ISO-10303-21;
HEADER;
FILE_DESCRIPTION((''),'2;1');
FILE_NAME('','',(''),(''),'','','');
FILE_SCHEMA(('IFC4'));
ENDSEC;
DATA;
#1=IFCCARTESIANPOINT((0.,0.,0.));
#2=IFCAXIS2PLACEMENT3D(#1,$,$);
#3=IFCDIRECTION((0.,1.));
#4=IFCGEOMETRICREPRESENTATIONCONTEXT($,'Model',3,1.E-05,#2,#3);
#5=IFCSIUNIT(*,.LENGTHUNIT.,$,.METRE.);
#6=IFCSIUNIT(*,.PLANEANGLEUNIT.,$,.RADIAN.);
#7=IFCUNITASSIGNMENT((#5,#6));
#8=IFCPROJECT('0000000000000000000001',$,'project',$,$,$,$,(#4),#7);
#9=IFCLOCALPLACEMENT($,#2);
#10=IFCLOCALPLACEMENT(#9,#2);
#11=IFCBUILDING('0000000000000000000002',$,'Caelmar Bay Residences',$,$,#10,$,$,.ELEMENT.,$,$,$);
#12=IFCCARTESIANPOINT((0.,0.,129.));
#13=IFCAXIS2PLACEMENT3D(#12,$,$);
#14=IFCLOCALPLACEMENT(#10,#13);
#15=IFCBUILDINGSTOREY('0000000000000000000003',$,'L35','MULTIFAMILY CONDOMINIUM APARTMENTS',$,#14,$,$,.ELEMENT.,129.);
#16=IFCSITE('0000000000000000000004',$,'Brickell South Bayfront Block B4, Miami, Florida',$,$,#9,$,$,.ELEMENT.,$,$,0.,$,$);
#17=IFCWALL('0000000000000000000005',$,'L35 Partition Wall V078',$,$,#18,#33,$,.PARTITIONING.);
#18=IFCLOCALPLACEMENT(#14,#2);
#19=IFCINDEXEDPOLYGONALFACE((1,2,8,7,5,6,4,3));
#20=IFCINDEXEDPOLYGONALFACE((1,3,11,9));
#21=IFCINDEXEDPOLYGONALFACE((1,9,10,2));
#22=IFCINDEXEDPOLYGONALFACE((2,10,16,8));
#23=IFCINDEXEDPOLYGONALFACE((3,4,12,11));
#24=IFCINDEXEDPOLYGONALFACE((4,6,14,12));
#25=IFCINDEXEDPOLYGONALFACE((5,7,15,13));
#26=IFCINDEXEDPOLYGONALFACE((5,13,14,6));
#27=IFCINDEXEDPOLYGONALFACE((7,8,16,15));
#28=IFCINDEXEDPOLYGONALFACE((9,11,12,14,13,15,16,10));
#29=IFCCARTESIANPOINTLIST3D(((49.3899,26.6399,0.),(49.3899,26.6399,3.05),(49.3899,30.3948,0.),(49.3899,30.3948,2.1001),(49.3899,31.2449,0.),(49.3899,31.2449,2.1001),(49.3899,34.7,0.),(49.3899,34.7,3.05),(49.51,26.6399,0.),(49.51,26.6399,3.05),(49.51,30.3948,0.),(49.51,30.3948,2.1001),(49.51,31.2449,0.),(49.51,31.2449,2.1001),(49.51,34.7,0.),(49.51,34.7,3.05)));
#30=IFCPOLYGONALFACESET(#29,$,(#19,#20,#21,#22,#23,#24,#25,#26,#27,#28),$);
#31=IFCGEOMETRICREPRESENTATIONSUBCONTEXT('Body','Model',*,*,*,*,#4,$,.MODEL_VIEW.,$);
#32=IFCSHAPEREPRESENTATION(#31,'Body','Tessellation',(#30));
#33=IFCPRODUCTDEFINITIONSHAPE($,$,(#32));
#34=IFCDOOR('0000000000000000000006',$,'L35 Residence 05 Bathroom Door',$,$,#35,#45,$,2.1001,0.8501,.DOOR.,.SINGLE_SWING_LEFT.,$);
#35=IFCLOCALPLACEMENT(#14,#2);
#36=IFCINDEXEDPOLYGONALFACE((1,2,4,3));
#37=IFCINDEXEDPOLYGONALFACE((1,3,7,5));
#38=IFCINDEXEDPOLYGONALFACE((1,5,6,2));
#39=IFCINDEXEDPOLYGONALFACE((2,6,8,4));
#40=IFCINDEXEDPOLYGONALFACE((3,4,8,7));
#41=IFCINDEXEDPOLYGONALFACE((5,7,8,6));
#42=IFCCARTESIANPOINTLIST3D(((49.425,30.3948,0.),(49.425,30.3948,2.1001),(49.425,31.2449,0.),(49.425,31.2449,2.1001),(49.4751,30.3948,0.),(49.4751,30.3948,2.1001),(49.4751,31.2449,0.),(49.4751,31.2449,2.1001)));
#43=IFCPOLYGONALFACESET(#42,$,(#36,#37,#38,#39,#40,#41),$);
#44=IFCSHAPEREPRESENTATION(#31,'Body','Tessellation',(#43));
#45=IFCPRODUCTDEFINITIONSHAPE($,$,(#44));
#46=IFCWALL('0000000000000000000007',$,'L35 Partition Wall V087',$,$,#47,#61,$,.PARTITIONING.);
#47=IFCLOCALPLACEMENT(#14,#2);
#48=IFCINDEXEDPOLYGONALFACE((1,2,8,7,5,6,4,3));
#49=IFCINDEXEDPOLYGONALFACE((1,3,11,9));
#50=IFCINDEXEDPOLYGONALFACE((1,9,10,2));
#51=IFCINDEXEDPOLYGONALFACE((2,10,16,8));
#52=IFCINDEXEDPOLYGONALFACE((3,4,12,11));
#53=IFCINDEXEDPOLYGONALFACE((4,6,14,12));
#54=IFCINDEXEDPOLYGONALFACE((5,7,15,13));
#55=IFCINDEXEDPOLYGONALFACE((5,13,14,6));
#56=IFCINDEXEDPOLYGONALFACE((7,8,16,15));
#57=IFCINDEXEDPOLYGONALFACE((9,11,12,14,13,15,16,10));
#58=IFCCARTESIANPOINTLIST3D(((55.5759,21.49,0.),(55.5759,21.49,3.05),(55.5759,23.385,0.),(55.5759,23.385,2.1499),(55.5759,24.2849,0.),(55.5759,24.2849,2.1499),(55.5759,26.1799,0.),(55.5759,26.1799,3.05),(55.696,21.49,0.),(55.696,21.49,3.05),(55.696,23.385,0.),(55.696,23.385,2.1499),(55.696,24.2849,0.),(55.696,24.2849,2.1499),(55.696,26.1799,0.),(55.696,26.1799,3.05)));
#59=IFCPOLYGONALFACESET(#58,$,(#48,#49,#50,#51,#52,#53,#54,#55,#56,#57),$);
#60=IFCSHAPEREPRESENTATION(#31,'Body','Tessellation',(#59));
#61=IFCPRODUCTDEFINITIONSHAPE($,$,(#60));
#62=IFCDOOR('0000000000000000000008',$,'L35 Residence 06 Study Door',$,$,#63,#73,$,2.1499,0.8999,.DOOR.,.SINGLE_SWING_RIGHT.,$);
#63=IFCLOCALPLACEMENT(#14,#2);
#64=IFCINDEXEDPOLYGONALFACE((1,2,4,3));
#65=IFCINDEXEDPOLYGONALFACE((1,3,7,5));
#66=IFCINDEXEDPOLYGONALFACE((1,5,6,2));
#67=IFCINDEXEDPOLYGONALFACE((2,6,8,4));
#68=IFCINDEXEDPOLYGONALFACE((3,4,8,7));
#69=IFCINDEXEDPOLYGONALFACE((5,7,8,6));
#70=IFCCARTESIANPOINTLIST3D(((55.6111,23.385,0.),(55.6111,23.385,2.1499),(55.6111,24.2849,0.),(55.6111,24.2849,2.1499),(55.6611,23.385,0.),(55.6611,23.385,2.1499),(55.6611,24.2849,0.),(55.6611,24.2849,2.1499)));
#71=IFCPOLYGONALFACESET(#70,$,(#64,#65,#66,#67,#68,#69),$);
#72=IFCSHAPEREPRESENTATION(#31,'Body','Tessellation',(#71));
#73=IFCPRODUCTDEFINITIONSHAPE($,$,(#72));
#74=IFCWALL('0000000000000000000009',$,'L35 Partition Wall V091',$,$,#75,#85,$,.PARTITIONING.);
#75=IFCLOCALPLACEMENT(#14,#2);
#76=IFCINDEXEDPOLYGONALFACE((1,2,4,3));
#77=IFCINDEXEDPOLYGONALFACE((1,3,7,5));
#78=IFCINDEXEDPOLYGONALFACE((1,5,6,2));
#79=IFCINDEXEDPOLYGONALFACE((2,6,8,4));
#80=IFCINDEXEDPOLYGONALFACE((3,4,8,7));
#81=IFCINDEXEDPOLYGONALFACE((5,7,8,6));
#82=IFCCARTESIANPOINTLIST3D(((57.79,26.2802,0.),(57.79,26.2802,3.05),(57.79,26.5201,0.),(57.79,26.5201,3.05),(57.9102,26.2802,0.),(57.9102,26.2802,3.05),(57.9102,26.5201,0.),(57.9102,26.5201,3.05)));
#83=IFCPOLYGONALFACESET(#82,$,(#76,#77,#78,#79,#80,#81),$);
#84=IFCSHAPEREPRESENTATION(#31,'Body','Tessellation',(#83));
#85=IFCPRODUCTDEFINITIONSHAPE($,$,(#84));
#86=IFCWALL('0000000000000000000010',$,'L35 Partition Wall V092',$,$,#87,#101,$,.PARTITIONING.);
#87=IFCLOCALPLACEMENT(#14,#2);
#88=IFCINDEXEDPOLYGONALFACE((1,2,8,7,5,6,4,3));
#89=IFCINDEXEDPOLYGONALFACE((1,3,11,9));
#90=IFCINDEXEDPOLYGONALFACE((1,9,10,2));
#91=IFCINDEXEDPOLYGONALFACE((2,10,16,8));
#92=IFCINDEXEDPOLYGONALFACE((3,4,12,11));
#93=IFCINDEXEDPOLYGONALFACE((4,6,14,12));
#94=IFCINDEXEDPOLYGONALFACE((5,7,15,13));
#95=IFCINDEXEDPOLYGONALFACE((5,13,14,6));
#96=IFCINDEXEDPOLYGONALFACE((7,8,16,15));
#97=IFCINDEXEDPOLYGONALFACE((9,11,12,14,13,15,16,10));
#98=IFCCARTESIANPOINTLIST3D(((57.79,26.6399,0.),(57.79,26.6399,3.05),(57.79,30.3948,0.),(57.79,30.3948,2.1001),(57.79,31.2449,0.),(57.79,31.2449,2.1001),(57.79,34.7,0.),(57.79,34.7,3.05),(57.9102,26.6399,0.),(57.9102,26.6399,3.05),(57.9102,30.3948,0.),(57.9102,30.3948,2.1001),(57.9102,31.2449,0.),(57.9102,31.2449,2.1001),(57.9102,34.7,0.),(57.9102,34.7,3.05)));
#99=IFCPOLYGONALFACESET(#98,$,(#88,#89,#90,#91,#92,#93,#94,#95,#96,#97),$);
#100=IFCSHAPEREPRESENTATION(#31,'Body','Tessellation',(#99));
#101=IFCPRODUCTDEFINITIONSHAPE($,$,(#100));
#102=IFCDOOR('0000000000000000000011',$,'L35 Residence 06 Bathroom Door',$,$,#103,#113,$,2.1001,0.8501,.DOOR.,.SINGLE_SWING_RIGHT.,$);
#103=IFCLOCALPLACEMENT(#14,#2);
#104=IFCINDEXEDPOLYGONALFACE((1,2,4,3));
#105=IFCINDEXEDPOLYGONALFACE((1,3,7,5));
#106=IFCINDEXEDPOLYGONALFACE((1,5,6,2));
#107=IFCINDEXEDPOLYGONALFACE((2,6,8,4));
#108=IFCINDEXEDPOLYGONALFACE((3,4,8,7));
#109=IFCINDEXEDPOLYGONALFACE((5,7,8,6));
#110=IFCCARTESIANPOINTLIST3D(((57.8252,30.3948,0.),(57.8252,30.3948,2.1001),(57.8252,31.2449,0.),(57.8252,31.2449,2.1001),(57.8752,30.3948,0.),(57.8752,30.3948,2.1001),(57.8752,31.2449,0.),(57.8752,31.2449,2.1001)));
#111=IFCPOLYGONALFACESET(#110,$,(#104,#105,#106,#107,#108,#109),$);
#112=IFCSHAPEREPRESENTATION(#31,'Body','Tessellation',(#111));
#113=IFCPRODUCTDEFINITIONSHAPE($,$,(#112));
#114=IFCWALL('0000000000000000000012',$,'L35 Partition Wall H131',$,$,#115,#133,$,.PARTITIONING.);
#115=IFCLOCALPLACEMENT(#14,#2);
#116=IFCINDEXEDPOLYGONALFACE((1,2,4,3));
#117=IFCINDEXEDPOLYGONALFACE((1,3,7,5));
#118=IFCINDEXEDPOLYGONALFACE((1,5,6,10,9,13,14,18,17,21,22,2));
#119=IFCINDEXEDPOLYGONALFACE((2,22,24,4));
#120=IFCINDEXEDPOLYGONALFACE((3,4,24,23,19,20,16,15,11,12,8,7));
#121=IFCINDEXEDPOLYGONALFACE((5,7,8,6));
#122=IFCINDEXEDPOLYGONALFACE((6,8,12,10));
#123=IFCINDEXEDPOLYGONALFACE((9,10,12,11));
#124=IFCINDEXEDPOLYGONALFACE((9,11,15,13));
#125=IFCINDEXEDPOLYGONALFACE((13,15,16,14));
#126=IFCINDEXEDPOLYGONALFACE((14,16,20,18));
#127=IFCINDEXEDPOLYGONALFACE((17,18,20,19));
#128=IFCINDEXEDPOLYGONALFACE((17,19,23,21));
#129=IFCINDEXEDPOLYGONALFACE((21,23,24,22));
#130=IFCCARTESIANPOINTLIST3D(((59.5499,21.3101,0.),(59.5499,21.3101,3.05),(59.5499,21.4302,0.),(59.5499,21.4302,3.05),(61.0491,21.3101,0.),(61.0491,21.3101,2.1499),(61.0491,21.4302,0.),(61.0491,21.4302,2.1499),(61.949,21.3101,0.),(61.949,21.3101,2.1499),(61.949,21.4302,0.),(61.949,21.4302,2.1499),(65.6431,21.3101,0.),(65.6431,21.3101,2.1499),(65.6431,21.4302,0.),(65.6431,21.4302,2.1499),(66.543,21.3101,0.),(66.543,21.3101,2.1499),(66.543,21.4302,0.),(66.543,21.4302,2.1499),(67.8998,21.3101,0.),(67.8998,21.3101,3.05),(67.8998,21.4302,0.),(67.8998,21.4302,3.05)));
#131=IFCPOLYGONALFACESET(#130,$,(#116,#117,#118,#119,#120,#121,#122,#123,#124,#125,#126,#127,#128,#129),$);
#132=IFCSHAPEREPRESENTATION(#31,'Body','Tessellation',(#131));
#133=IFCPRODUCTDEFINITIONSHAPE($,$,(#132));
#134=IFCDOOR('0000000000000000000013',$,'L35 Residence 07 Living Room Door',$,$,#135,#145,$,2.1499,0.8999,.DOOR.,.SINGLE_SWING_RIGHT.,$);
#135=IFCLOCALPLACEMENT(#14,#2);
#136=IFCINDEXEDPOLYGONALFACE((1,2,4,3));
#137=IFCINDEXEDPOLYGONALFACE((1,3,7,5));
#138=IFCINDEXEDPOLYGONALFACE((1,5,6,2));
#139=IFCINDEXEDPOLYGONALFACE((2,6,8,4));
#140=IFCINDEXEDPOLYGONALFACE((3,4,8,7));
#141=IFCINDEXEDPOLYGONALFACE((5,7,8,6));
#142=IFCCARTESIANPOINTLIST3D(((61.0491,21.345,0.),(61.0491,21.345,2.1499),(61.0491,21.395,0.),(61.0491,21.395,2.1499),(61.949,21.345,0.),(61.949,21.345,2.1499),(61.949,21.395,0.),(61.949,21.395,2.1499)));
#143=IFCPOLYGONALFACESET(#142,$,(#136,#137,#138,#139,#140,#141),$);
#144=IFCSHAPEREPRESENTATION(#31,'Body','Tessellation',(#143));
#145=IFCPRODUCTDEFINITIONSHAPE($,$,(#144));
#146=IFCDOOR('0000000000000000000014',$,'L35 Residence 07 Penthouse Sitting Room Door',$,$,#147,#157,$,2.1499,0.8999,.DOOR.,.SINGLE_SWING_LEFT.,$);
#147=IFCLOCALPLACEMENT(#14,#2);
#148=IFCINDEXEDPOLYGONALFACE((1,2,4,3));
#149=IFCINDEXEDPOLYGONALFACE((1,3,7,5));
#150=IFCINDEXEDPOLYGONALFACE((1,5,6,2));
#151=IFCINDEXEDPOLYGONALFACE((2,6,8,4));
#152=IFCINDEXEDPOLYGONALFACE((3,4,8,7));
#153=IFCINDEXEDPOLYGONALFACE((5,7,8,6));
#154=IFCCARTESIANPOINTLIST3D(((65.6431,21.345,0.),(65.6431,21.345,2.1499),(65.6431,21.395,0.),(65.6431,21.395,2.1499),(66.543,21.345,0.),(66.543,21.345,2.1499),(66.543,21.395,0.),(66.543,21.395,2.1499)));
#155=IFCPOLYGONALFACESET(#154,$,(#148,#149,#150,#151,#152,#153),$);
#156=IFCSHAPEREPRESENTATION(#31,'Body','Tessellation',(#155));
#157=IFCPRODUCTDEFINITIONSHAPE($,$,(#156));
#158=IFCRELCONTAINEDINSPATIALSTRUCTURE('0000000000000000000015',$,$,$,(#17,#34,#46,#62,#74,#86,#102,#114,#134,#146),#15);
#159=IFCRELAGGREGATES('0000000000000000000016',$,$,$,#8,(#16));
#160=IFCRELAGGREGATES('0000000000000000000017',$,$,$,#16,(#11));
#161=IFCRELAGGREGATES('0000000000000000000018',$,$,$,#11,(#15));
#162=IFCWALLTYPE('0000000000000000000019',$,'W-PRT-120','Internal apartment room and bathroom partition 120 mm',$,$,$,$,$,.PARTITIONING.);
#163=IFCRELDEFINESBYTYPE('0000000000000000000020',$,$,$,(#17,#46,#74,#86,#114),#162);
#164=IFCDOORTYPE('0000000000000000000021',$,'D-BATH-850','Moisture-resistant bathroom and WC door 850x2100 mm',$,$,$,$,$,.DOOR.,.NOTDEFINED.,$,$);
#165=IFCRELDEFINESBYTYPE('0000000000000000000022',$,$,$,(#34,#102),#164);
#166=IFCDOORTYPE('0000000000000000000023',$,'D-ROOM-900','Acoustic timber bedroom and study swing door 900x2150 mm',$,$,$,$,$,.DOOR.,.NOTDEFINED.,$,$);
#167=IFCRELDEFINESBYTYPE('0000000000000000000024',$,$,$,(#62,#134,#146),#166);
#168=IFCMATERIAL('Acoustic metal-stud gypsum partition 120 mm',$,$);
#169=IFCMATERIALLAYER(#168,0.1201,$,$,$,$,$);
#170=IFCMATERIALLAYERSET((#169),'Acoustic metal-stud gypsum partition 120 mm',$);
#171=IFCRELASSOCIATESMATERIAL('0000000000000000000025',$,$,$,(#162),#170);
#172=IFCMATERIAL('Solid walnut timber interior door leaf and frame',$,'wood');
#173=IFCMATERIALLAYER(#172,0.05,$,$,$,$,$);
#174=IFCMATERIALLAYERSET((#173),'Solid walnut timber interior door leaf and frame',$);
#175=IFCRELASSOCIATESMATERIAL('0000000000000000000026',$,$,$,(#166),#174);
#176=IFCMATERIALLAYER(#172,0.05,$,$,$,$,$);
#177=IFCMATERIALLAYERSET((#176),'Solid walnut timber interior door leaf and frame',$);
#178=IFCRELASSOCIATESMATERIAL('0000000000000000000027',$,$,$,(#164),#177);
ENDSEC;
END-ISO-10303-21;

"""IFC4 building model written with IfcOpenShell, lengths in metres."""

from ifc_helpers import new_model, si_unit, direction, frame, frame_2d, origin, place, context, subcontext, project, spatial, rectangle, extrude, material, layer, layer_set, type_object, element, fill, save


model = new_model("IFC4")

# Units and contexts
model_context = context("Model", 3, precision=1e-05, world=origin(), true_north=direction((0.0, 1.0)))
body_context = subcontext(model_context, "Body", "Model", "MODEL_VIEW")
ifc_project = project(units=[si_unit("LENGTHUNIT", "METRE"), si_unit("PLANEANGLEUNIT", "RADIAN")], contexts=[model_context])

# Site, building, storey
site_placement = place(None, origin())
site = spatial("IfcSite", under=ifc_project, at=site_placement, Name="Brickell South Bayfront Block B4, Miami, Florida", CompositionType="ELEMENT", RefElevation=0.0)
building_placement = place(site_placement, origin())
building = spatial("IfcBuilding", under=site, at=building_placement, Name="Caelmar Bay Residences", CompositionType="ELEMENT")
storey_placement = place(building_placement, frame((0.0, 0.0, 129.0)))
storey = spatial("IfcBuildingStorey", under=building, at=storey_placement, Name="L35", Description="MULTIFAMILY CONDOMINIUM APARTMENTS", CompositionType="ELEMENT", Elevation=129.0)

# Shared definitions
ifc_material_1 = material(Name="Acoustic metal-stud gypsum partition 120 mm")
ifc_layer_1 = layer(ifc_material_1, 0.1201)
ifc_layer_set_1 = layer_set([ifc_layer_1], Name="Acoustic metal-stud gypsum partition 120 mm")
wall_type_1 = type_object("IfcWallType", Name="W-PRT-120", Description="Internal apartment room and bathroom partition 120 mm", PredefinedType="PARTITIONING", material=ifc_layer_set_1)
ifc_material_2 = material(Name="Solid walnut timber interior door leaf and frame", Category="wood")
ifc_layer_2 = layer(ifc_material_2, 0.05)
ifc_layer_set_2 = layer_set([ifc_layer_2], Name="Solid walnut timber interior door leaf and frame")
door_type_1 = type_object("IfcDoorType", Name="D-ROOM-900", Description="Acoustic timber bedroom and study swing door 900x2150 mm", OperationType="NOTDEFINED", PredefinedType="DOOR", material=ifc_layer_set_2)

# Walls, openings, doors
wall_1_placement = place(storey_placement, frame((49.45, 26.6399, 0.0), z_axis=(0.0, 0.0, 1.0), x_axis=(0.0, 1.0, 0.0)))
wall_1 = element("IfcWall", 1, at=wall_1_placement, inside=storey, type_object=wall_type_1, Name="L35 Partition Wall V078", PredefinedType="PARTITIONING", context=body_context, shape_type="SweptSolid", body=[
    extrude(rectangle(XDim=8.0601, YDim=0.1201, at=frame_2d((4.03, 0.0))), origin(), (0.0, 0.0, 1.0), 3.05),
])
opening_1_placement = place(wall_1_placement, frame((3.7549, 0.0, 0.0)))
opening_1 = element("IfcOpeningElement", 2, at=opening_1_placement, cuts=wall_1, PredefinedType="OPENING", context=body_context, shape_type="SweptSolid", body=[
    extrude(rectangle(XDim=0.8501, YDim=2.1001, at=frame_2d((0.425, 1.05))), frame((0.0, 0.0701, 0.0), z_axis=(0.0, -1.0, 0.0), x_axis=(1.0, 0.0, 0.0)), (0.0, 0.0, 1.0), 0.1401),
])
ifc_layer_3 = layer(ifc_material_2, 0.05)
ifc_layer_set_3 = layer_set([ifc_layer_3], Name="Solid walnut timber interior door leaf and frame")
door_type_2 = type_object("IfcDoorType", Name="D-BATH-850", Description="Moisture-resistant bathroom and WC door 850x2100 mm", OperationType="NOTDEFINED", PredefinedType="DOOR", material=ifc_layer_set_3)
door_1_placement = place(opening_1_placement, origin())
door_1 = element("IfcDoor", 3, at=door_1_placement, inside=storey, type_object=door_type_2, Name="L35 Residence 05 Bathroom Door", OperationType="SINGLE_SWING_LEFT", OverallHeight=2.1001, OverallWidth=0.8501, PredefinedType="DOOR", context=body_context, shape_type="SweptSolid", body=[
    extrude(rectangle(XDim=0.8501, YDim=2.1001, at=frame_2d((0.425, 1.05))), frame((0.0, 0.0249, 0.0), z_axis=(0.0, -1.0, 0.0), x_axis=(1.0, 0.0, 0.0)), (0.0, 0.0, 1.0), 0.05),
])
fill(opening_1, door_1)
wall_2_placement = place(storey_placement, frame((55.636, 21.49, 0.0), z_axis=(0.0, 0.0, 1.0), x_axis=(0.0, 1.0, 0.0)))
wall_2 = element("IfcWall", 4, at=wall_2_placement, inside=storey, type_object=wall_type_1, Name="L35 Partition Wall V087", PredefinedType="PARTITIONING", context=body_context, shape_type="SweptSolid", body=[
    extrude(rectangle(XDim=4.6899, YDim=0.1201, at=frame_2d((2.345, 0.0))), origin(), (0.0, 0.0, 1.0), 3.05),
])
opening_2_placement = place(wall_2_placement, frame((1.895, 0.0, 0.0)))
opening_2 = element("IfcOpeningElement", 5, at=opening_2_placement, cuts=wall_2, PredefinedType="OPENING", context=body_context, shape_type="SweptSolid", body=[
    extrude(rectangle(XDim=0.8999, YDim=2.1499, at=frame_2d((0.45, 1.075))), frame((0.0, 0.0701, 0.0), z_axis=(0.0, -1.0, 0.0), x_axis=(1.0, 0.0, 0.0)), (0.0, 0.0, 1.0), 0.1401),
])
door_2_placement = place(opening_2_placement, origin())
door_2 = element("IfcDoor", 6, at=door_2_placement, inside=storey, type_object=door_type_1, Name="L35 Residence 06 Study Door", OperationType="SINGLE_SWING_RIGHT", OverallHeight=2.1499, OverallWidth=0.8999, PredefinedType="DOOR", context=body_context, shape_type="SweptSolid", body=[
    extrude(rectangle(XDim=0.8999, YDim=2.1499, at=frame_2d((0.45, 1.075))), frame((0.0, 0.0249, 0.0), z_axis=(0.0, -1.0, 0.0), x_axis=(1.0, 0.0, 0.0)), (0.0, 0.0, 1.0), 0.05),
])
fill(opening_2, door_2)

# Wall
wall_3_placement = place(storey_placement, frame((57.8501, 26.28, 0.0), z_axis=(0.0, 0.0, 1.0), x_axis=(0.0, 1.0, 0.0)))
element("IfcWall", 7, at=wall_3_placement, inside=storey, type_object=wall_type_1, Name="L35 Partition Wall V091", PredefinedType="PARTITIONING", context=body_context, shape_type="SweptSolid", body=[
    extrude(rectangle(XDim=0.24, YDim=0.1201, at=frame_2d((0.1201, 0.0))), origin(), (0.0, 0.0, 1.0), 3.05),
])

# Wall, opening, door
wall_4_placement = place(storey_placement, frame((57.8501, 26.6399, 0.0), z_axis=(0.0, 0.0, 1.0), x_axis=(0.0, 1.0, 0.0)))
wall_4 = element("IfcWall", 8, at=wall_4_placement, inside=storey, type_object=wall_type_1, Name="L35 Partition Wall V092", PredefinedType="PARTITIONING", context=body_context, shape_type="SweptSolid", body=[
    extrude(rectangle(XDim=8.0601, YDim=0.1201, at=frame_2d((4.03, 0.0))), origin(), (0.0, 0.0, 1.0), 3.05),
])
opening_3_placement = place(wall_4_placement, frame((3.7549, 0.0, 0.0)))
opening_3 = element("IfcOpeningElement", 9, at=opening_3_placement, cuts=wall_4, PredefinedType="OPENING", context=body_context, shape_type="SweptSolid", body=[
    extrude(rectangle(XDim=0.8501, YDim=2.1001, at=frame_2d((0.425, 1.05))), frame((0.0, 0.0701, 0.0), z_axis=(0.0, -1.0, 0.0), x_axis=(1.0, 0.0, 0.0)), (0.0, 0.0, 1.0), 0.1401),
])
door_3_placement = place(opening_3_placement, origin())
door_3 = element("IfcDoor", 10, at=door_3_placement, inside=storey, type_object=door_type_2, Name="L35 Residence 06 Bathroom Door", OperationType="SINGLE_SWING_RIGHT", OverallHeight=2.1001, OverallWidth=0.8501, PredefinedType="DOOR", context=body_context, shape_type="SweptSolid", body=[
    extrude(rectangle(XDim=0.8501, YDim=2.1001, at=frame_2d((0.425, 1.05))), frame((0.0, 0.0249, 0.0), z_axis=(0.0, -1.0, 0.0), x_axis=(1.0, 0.0, 0.0)), (0.0, 0.0, 1.0), 0.05),
])
fill(opening_3, door_3)

# Wall, openings, doors
wall_5_placement = place(storey_placement, frame((59.55, 21.3701, 0.0), z_axis=(0.0, 0.0, 1.0), x_axis=(1.0, 0.0, 0.0)))
wall_5 = element("IfcWall", 11, at=wall_5_placement, inside=storey, type_object=wall_type_1, Name="L35 Partition Wall H131", PredefinedType="PARTITIONING", context=body_context, shape_type="SweptSolid", body=[
    extrude(rectangle(XDim=8.3499, YDim=0.1201, at=frame_2d((4.1748, 0.0))), origin(), (0.0, 0.0, 1.0), 3.05),
])
opening_4_placement = place(wall_5_placement, frame((1.499, 0.0, 0.0)))
opening_4 = element("IfcOpeningElement", 12, at=opening_4_placement, cuts=wall_5, PredefinedType="OPENING", context=body_context, shape_type="SweptSolid", body=[
    extrude(rectangle(XDim=0.8999, YDim=2.1499, at=frame_2d((0.45, 1.075))), frame((0.0, 0.0701, 0.0), z_axis=(0.0, -1.0, 0.0), x_axis=(1.0, 0.0, 0.0)), (0.0, 0.0, 1.0), 0.1401),
])
opening_5_placement = place(wall_5_placement, frame((6.093, 0.0, 0.0)))
opening_5 = element("IfcOpeningElement", 13, at=opening_5_placement, cuts=wall_5, PredefinedType="OPENING", context=body_context, shape_type="SweptSolid", body=[
    extrude(rectangle(XDim=0.8999, YDim=2.1499, at=frame_2d((0.45, 1.075))), frame((0.0, 0.0701, 0.0), z_axis=(0.0, -1.0, 0.0), x_axis=(1.0, 0.0, 0.0)), (0.0, 0.0, 1.0), 0.1401),
])
door_4_placement = place(opening_4_placement, origin())
door_4 = element("IfcDoor", 14, at=door_4_placement, inside=storey, type_object=door_type_1, Name="L35 Residence 07 Living Room Door", OperationType="SINGLE_SWING_RIGHT", OverallHeight=2.1499, OverallWidth=0.8999, PredefinedType="DOOR", context=body_context, shape_type="SweptSolid", body=[
    extrude(rectangle(XDim=0.8999, YDim=2.1499, at=frame_2d((0.45, 1.075))), frame((0.0, 0.0249, 0.0), z_axis=(0.0, -1.0, 0.0), x_axis=(1.0, 0.0, 0.0)), (0.0, 0.0, 1.0), 0.05),
])
fill(opening_4, door_4)
door_5_placement = place(opening_5_placement, origin())
door_5 = element("IfcDoor", 15, at=door_5_placement, inside=storey, type_object=door_type_1, Name="L35 Residence 07 Penthouse Sitting Room Door", OperationType="SINGLE_SWING_LEFT", OverallHeight=2.1499, OverallWidth=0.8999, PredefinedType="DOOR", context=body_context, shape_type="SweptSolid", body=[
    extrude(rectangle(XDim=0.8999, YDim=2.1499, at=frame_2d((0.45, 1.075))), frame((0.0, 0.0249, 0.0), z_axis=(0.0, -1.0, 0.0), x_axis=(1.0, 0.0, 0.0)), (0.0, 0.0, 1.0), 0.05),
])
fill(opening_5, door_5)

save(model, "model.ifc")
